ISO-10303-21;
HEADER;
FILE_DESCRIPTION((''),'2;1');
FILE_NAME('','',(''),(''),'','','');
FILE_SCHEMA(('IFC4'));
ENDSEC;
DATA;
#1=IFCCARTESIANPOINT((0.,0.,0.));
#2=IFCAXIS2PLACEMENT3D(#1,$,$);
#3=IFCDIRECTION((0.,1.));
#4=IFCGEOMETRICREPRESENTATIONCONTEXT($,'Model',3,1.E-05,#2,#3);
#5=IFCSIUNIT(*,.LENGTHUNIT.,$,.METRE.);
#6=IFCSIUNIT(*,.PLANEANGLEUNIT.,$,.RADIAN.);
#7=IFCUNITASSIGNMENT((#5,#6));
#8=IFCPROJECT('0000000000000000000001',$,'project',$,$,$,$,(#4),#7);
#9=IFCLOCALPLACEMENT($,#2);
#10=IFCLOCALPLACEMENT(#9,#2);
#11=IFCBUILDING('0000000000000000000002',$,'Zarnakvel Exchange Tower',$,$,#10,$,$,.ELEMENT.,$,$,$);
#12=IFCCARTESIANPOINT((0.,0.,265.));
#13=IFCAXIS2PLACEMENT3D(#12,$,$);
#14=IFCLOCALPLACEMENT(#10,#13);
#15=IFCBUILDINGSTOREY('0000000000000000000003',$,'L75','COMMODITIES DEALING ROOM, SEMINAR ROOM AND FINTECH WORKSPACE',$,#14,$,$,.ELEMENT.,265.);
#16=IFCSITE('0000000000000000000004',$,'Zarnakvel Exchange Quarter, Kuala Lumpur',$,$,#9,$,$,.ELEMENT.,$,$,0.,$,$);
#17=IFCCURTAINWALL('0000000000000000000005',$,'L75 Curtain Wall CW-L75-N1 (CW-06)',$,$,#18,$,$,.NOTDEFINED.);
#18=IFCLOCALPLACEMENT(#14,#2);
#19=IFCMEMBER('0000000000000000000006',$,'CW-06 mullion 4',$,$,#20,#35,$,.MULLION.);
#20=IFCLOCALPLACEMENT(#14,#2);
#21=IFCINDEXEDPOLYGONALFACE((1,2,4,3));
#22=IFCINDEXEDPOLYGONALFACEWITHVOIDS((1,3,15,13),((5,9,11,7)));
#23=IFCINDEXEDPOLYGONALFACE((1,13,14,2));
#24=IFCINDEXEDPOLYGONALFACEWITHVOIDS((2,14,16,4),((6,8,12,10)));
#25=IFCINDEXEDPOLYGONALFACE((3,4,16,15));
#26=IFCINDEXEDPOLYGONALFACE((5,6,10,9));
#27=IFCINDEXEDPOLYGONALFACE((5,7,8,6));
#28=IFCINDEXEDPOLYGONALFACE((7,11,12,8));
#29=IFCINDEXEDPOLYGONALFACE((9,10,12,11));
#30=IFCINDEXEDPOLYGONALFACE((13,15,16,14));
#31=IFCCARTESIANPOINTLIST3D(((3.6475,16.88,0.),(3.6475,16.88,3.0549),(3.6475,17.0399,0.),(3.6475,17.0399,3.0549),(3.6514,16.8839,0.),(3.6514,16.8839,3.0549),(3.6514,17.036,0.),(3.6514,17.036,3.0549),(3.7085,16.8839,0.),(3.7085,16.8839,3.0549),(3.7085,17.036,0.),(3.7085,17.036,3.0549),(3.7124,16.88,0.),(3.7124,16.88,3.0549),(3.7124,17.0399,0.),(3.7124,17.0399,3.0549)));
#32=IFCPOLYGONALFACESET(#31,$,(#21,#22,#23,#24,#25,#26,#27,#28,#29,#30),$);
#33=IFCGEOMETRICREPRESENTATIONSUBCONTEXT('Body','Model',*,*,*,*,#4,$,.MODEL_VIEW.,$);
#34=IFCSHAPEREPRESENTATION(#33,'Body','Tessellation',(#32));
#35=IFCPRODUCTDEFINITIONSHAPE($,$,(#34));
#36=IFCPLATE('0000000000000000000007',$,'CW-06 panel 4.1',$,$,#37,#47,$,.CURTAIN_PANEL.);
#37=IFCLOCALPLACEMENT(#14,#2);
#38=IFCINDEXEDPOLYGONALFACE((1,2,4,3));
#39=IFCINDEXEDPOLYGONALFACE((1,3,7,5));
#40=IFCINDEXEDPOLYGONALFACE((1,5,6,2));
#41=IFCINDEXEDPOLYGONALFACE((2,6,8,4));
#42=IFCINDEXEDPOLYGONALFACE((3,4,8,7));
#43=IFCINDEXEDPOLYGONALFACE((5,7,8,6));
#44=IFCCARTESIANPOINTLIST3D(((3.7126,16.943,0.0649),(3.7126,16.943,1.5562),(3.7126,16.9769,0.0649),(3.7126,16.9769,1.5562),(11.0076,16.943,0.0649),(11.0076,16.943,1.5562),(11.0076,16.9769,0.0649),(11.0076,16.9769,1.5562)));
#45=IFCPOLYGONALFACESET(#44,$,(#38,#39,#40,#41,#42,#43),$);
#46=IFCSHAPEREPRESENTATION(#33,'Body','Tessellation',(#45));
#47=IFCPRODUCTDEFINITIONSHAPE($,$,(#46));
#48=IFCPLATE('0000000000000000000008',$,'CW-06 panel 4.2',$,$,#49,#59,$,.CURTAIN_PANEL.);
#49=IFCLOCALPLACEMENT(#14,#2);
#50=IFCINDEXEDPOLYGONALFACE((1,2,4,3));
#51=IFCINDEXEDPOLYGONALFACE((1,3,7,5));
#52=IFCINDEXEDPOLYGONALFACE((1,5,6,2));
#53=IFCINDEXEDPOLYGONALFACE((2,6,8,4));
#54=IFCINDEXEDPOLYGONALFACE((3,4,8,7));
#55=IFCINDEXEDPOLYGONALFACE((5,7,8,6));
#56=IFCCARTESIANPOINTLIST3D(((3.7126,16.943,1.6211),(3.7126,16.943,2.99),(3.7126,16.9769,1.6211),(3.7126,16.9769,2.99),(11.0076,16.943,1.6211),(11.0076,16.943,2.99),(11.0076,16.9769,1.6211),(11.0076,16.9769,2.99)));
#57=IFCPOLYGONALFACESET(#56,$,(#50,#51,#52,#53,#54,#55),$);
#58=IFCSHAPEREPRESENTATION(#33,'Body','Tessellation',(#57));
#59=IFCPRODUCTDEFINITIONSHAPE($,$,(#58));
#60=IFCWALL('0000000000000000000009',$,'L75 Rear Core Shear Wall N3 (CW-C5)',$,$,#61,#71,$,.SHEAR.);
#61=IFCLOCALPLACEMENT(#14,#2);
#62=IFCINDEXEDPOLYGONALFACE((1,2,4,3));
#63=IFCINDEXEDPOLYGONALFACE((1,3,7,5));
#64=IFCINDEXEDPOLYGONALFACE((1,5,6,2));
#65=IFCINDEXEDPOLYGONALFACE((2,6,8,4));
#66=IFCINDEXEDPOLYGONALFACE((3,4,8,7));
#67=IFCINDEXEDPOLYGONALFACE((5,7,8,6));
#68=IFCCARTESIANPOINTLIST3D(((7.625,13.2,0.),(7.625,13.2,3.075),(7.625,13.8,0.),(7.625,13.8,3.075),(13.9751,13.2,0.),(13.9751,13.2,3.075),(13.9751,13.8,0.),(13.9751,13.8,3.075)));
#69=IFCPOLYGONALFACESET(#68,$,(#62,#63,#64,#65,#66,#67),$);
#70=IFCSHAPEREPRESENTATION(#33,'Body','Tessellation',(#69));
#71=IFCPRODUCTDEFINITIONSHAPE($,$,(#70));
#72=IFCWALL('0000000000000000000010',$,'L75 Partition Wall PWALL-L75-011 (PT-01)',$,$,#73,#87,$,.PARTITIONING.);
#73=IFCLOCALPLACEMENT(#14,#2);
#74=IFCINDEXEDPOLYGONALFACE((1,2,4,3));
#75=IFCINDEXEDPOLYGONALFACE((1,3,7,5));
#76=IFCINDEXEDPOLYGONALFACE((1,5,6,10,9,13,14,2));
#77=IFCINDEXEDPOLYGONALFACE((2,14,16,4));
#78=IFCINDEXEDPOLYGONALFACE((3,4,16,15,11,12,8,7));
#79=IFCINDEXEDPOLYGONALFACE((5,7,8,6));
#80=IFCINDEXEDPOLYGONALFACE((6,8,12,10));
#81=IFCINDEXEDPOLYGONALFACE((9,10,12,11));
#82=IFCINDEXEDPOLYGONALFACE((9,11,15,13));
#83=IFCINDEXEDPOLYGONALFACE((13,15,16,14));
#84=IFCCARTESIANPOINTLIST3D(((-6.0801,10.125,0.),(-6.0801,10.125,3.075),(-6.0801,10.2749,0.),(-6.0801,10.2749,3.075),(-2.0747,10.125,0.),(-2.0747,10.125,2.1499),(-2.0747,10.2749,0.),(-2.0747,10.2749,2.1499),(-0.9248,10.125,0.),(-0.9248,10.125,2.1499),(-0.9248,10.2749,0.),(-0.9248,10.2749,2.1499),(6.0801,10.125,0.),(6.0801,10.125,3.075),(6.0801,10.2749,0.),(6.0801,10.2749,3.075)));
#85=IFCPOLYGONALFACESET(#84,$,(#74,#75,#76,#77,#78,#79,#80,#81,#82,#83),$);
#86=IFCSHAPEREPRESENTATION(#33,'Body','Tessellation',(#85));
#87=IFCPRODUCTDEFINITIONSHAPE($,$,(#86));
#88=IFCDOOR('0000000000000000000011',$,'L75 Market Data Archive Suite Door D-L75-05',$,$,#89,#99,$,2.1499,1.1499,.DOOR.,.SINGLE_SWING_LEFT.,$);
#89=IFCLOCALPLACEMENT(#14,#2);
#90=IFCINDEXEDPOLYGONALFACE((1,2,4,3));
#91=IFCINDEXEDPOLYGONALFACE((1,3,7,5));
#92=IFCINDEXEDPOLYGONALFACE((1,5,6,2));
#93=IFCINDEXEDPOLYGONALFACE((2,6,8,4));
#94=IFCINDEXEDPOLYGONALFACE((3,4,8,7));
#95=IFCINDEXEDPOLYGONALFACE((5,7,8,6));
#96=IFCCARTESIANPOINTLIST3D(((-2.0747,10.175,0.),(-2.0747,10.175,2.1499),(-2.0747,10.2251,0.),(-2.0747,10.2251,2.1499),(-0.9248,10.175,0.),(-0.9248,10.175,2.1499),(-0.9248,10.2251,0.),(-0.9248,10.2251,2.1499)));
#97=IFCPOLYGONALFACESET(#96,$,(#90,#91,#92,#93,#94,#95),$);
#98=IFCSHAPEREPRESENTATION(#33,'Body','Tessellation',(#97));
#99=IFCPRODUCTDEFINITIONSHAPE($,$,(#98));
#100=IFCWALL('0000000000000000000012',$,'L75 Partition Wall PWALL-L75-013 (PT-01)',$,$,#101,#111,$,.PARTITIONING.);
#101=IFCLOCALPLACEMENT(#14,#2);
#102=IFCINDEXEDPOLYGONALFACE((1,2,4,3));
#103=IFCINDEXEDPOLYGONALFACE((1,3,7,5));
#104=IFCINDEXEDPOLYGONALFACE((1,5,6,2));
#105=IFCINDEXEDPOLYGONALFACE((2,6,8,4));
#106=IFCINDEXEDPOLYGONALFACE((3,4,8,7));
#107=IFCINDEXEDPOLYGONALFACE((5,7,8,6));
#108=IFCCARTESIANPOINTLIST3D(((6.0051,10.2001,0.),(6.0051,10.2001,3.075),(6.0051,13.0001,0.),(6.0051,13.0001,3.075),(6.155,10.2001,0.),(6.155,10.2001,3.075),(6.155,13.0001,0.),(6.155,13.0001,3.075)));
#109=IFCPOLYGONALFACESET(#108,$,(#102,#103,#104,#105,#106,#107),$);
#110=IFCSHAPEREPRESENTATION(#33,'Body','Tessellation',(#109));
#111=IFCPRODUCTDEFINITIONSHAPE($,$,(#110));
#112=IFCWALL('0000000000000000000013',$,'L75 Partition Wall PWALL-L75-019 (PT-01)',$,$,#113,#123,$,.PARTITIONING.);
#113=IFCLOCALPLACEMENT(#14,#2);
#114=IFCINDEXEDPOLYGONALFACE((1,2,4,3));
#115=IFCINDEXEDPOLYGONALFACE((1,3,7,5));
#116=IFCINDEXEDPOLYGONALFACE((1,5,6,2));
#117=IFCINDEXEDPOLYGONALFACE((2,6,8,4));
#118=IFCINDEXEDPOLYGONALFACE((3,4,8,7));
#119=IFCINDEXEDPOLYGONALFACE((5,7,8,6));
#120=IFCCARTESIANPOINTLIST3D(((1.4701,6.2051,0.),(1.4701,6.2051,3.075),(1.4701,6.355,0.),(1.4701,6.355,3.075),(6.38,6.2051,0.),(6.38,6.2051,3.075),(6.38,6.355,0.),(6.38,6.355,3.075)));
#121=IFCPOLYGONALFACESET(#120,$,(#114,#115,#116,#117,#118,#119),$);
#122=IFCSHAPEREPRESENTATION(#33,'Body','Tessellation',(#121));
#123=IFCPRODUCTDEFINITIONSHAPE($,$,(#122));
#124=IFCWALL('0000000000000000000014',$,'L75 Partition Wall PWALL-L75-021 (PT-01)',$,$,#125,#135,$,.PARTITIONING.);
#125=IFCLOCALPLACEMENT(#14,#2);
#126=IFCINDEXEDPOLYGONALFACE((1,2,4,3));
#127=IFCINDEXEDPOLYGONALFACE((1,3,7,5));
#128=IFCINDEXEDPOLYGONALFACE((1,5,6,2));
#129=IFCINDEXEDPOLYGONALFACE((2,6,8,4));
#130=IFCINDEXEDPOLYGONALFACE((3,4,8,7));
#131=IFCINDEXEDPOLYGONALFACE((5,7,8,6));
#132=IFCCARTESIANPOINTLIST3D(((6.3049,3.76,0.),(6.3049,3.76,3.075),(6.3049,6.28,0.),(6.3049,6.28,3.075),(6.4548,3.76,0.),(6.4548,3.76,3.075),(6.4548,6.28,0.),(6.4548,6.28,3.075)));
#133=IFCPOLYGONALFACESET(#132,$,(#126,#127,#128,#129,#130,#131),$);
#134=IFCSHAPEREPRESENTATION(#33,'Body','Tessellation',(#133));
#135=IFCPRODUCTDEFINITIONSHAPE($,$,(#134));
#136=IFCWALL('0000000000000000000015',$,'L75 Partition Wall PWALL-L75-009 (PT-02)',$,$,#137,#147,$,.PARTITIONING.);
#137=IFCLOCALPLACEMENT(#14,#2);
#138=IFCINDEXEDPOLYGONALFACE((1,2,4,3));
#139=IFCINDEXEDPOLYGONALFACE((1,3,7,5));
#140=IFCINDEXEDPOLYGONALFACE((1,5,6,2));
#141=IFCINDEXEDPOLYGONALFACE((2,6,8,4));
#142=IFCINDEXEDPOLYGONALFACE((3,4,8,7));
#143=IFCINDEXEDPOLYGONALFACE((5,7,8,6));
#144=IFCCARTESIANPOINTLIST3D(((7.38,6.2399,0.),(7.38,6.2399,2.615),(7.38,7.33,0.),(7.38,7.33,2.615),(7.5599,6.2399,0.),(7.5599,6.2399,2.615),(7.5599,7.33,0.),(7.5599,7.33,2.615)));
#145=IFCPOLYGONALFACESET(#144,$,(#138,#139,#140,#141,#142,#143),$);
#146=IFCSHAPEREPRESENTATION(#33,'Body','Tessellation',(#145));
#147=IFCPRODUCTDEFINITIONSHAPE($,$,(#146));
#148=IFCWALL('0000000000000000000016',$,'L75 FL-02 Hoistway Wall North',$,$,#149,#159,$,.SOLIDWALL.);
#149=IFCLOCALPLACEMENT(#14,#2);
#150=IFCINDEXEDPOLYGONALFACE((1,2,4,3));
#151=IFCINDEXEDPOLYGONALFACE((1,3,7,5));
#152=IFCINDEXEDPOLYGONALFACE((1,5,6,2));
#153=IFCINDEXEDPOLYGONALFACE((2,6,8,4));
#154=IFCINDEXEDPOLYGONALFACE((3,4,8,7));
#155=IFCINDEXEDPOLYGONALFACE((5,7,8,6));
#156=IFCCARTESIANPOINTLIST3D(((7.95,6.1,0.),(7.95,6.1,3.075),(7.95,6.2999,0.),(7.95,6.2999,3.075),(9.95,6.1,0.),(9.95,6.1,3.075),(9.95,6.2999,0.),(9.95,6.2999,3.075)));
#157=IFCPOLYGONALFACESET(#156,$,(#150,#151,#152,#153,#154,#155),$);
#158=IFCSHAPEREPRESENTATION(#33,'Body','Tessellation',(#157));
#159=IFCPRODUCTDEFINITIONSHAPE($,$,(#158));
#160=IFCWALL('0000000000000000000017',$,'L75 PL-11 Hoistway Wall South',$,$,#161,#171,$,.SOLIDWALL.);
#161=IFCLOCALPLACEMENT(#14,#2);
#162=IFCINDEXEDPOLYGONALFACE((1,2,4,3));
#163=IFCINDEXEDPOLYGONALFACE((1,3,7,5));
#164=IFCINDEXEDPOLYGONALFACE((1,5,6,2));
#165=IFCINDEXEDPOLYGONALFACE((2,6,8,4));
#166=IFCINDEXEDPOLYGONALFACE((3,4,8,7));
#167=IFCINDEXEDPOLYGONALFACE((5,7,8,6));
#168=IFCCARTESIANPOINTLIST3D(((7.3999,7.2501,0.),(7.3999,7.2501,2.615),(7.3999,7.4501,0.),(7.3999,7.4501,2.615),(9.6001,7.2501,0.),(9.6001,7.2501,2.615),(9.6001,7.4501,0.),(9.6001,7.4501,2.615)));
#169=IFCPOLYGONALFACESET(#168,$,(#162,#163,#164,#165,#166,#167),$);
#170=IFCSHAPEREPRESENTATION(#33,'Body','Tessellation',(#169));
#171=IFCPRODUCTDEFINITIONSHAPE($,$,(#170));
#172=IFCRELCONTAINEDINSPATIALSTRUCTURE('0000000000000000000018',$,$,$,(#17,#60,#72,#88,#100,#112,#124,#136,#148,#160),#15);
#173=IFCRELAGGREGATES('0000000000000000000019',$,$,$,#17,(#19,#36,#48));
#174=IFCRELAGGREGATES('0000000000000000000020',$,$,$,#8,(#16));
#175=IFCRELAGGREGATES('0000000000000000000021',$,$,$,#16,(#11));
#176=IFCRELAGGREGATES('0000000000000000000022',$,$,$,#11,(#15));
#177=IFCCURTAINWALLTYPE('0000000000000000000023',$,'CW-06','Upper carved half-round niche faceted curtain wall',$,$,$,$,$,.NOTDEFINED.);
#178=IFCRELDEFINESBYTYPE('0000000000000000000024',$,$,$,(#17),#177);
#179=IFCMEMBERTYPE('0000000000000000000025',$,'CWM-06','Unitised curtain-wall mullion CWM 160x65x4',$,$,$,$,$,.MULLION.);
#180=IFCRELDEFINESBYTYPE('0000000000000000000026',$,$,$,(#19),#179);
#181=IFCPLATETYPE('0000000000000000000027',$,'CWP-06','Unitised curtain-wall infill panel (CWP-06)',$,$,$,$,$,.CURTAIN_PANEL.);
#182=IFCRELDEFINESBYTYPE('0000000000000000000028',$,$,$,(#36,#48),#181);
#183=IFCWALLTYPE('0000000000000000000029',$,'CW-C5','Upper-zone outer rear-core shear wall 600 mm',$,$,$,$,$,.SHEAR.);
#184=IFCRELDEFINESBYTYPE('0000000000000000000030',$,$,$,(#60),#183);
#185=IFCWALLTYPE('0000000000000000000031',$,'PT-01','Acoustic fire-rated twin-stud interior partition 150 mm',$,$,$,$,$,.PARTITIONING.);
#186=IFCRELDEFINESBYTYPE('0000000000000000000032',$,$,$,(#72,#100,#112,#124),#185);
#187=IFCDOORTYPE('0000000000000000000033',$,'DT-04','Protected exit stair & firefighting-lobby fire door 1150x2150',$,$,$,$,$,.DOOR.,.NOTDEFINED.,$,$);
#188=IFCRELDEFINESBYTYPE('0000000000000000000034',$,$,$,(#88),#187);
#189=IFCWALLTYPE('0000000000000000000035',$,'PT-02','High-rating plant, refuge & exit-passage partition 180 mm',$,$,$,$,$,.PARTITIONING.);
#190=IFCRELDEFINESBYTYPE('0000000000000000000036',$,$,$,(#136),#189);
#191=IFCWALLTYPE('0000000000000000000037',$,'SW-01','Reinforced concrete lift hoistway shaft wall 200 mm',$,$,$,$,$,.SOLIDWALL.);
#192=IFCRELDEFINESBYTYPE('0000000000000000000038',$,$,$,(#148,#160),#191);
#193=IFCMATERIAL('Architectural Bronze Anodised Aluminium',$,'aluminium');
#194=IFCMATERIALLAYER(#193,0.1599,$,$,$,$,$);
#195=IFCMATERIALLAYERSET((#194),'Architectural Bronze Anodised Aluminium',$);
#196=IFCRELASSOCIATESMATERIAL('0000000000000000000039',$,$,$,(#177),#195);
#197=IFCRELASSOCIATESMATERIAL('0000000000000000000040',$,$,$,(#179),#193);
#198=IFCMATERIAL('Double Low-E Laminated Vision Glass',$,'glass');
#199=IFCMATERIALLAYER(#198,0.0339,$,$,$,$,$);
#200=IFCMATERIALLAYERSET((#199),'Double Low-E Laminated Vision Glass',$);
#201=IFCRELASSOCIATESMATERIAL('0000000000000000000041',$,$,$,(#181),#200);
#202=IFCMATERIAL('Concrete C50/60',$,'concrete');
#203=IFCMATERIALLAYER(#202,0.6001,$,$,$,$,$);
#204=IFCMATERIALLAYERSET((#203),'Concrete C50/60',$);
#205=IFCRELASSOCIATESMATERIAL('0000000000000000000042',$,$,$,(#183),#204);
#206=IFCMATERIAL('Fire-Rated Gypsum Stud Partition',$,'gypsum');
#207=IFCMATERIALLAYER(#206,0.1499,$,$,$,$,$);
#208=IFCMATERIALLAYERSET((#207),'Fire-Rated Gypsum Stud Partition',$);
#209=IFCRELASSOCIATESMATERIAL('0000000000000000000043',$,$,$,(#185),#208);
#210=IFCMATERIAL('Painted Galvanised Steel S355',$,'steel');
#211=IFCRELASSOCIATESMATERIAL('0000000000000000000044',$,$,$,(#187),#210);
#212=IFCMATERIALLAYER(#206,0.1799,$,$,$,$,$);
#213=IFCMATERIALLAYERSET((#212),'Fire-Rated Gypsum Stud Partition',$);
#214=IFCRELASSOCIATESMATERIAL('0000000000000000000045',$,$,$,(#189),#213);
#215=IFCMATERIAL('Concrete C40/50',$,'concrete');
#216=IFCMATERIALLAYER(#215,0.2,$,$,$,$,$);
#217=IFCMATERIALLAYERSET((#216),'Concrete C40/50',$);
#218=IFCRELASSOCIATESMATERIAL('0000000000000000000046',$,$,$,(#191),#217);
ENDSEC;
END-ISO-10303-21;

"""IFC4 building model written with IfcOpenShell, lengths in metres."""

from ifc_helpers import new_model, si_unit, direction, frame, frame_2d, origin, origin_2d, place, context, subcontext, project, spatial, rectangle, hollow_rectangle, extrude, source, transform, mapped, material, layer, layer_set, material_profile, profile_set, type_object, element, fill, aggregate, save


model = new_model("IFC4")

# Units and contexts
model_context = context("Model", 3, precision=1e-05, world=origin(), true_north=direction((0.0, 1.0)))
body_context = subcontext(model_context, "Body", "Model", "MODEL_VIEW")
ifc_project = project(units=[si_unit("LENGTHUNIT", "METRE"), si_unit("PLANEANGLEUNIT", "RADIAN")], contexts=[model_context])

# Site, building, storey
site_placement = place(None, origin())
site = spatial("IfcSite", under=ifc_project, at=site_placement, Name="Zarnakvel Exchange Quarter, Kuala Lumpur", CompositionType="ELEMENT", RefElevation=0.0)
building_placement = place(site_placement, origin())
building = spatial("IfcBuilding", under=site, at=building_placement, Name="Zarnakvel Exchange Tower", CompositionType="ELEMENT")
storey_placement = place(building_placement, frame((0.0, 0.0, 265.0)))
storey = spatial("IfcBuildingStorey", under=building, at=storey_placement, Name="L75", Description="COMMODITIES DEALING ROOM, SEMINAR ROOM AND FINTECH WORKSPACE", CompositionType="ELEMENT", Elevation=265.0)

# Shared definitions
ifc_material_1 = material(Name="Concrete C50/60", Category="concrete")

# Curtain wall, member, plates
ifc_material_2 = material(Name="Architectural Bronze Anodised Aluminium", Category="aluminium")
ifc_layer_1 = layer(ifc_material_2, 0.1599)
ifc_layer_set_1 = layer_set([ifc_layer_1], Name="Architectural Bronze Anodised Aluminium")
curtain_wall_type = type_object("IfcCurtainWallType", Name="CW-06", Description="Upper carved half-round niche faceted curtain wall", PredefinedType="NOTDEFINED", material=ifc_layer_set_1)
curtain_wall_placement = place(storey_placement, origin())
curtain_wall = element("IfcCurtainWall", 1, at=curtain_wall_placement, inside=storey, type_object=curtain_wall_type, Name="L75 Curtain Wall CW-L75-N1 (CW-06)", PredefinedType="NOTDEFINED")
ifc_material_profile_1 = material_profile(ifc_material_2, hollow_rectangle(XDim=0.1599, YDim=0.0649, WallThickness=0.0039, at=origin_2d()))
ifc_profile_set_1 = profile_set([ifc_material_profile_1], Name="Architectural Bronze Anodised Aluminium")
member_type_1 = type_object("IfcMemberType", Name="CWM-06", Description="Unitised curtain-wall mullion CWM 160x65x4", PredefinedType="MULLION", material=ifc_profile_set_1)
shared_shape_1 = source(origin(), body_context, "Body", "SweptSolid", [
    extrude(hollow_rectangle(XDim=0.1599, YDim=0.0649, WallThickness=0.0039, at=origin_2d()), origin(), (0.0, 0.0, 1.0), 3.0549),
])
member_1_placement = place(storey_placement, frame((3.6799, 16.96, 0.0), z_axis=(0.0, 0.0, 1.0), x_axis=(0.0, 1.0, 0.0)))
member_1 = element("IfcMember", 2, at=member_1_placement, type_object=member_type_1, Name="CW-06 mullion 4", PredefinedType="MULLION", context=body_context, shape_type="MappedRepresentation", body=[
    mapped(shared_shape_1, transform((0.0, 0.0, 0.0), x_axis=(1.0, 0.0, 0.0), y_axis=(0.0, 1.0, 0.0), z_axis=(0.0, 0.0, 1.0), scale=1.0)),
])
ifc_material_3 = material(Name="Double Low-E Laminated Vision Glass", Category="glass")
ifc_layer_2 = layer(ifc_material_3, 0.0339)
ifc_layer_set_2 = layer_set([ifc_layer_2], Name="Double Low-E Laminated Vision Glass")
plate_type = type_object("IfcPlateType", Name="CWP-06", Description="Unitised curtain-wall infill panel (CWP-06)", PredefinedType="CURTAIN_PANEL", material=ifc_layer_set_2)
shared_shape_2 = source(origin(), body_context, "Body", "SweptSolid", [
    extrude(rectangle(XDim=7.2949, YDim=0.0339, at=origin_2d()), origin(), (0.0, 0.0, 1.0), 1.4912),
])
plate_1_placement = place(storey_placement, frame((7.3601, 16.96, 0.0649), z_axis=(0.0, 0.0, 1.0), x_axis=(1.0, 0.0, 0.0)))
plate_1 = element("IfcPlate", 3, at=plate_1_placement, type_object=plate_type, Name="CW-06 panel 4.1", PredefinedType="CURTAIN_PANEL", context=body_context, shape_type="MappedRepresentation", body=[
    mapped(shared_shape_2, transform((0.0, 0.0, 0.0), x_axis=(1.0, 0.0, 0.0), y_axis=(0.0, 1.0, 0.0), z_axis=(0.0, 0.0, 1.0), scale=1.0)),
])
shared_shape_3 = source(origin(), body_context, "Body", "SweptSolid", [
    extrude(rectangle(XDim=7.2949, YDim=0.0339, at=origin_2d()), origin(), (0.0, 0.0, 1.0), 1.3689),
])
plate_2_placement = place(storey_placement, frame((7.3601, 16.96, 1.6211), z_axis=(0.0, 0.0, 1.0), x_axis=(1.0, 0.0, 0.0)))
plate_2 = element("IfcPlate", 4, at=plate_2_placement, type_object=plate_type, Name="CW-06 panel 4.2", PredefinedType="CURTAIN_PANEL", context=body_context, shape_type="MappedRepresentation", body=[
    mapped(shared_shape_3, transform((0.0, 0.0, 0.0), x_axis=(1.0, 0.0, 0.0), y_axis=(0.0, 1.0, 0.0), z_axis=(0.0, 0.0, 1.0), scale=1.0)),
])
aggregate(curtain_wall, [member_1, plate_1, plate_2])

# Wall
ifc_layer_3 = layer(ifc_material_1, 0.6001)
ifc_layer_set_3 = layer_set([ifc_layer_3], Name="Concrete C50/60")
wall_type_1 = type_object("IfcWallType", Name="CW-C5", Description="Upper-zone outer rear-core shear wall 600 mm", PredefinedType="SHEAR", material=ifc_layer_set_3)
wall_1_placement = place(storey_placement, frame((7.625, 13.5, 0.0), z_axis=(0.0, 0.0, 1.0), x_axis=(1.0, 0.0, 0.0)))
element("IfcWall", 5, at=wall_1_placement, inside=storey, type_object=wall_type_1, Name="L75 Rear Core Shear Wall N3 (CW-C5)", PredefinedType="SHEAR", context=body_context, shape_type="SweptSolid", body=[
    extrude(rectangle(XDim=6.3501, YDim=0.6001, at=frame_2d((3.175, 0.0))), origin(), (0.0, 0.0, 1.0), 3.075),
])

# Wall, opening, door
ifc_material_4 = material(Name="Fire-Rated Gypsum Stud Partition", Category="gypsum")
ifc_layer_4 = layer(ifc_material_4, 0.1499)
ifc_layer_set_4 = layer_set([ifc_layer_4], Name="Fire-Rated Gypsum Stud Partition")
wall_type_2 = type_object("IfcWallType", Name="PT-01", Description="Acoustic fire-rated twin-stud interior partition 150 mm", PredefinedType="PARTITIONING", material=ifc_layer_set_4)
wall_2_placement = place(storey_placement, frame((6.0801, 10.2, 0.0), z_axis=(0.0, 0.0, 1.0), x_axis=(-1.0, 0.0, 0.0)))
wall_2 = element("IfcWall", 6, at=wall_2_placement, inside=storey, type_object=wall_type_2, Name="L75 Partition Wall PWALL-L75-011 (PT-01)", PredefinedType="PARTITIONING", context=body_context, shape_type="SweptSolid", body=[
    extrude(rectangle(XDim=12.1602, YDim=0.1499, at=frame_2d((6.0801, 0.0))), origin(), (0.0, 0.0, 1.0), 3.075),
])
opening_1_placement = place(wall_2_placement, frame((7.0049, 0.0, 0.0)))
opening_1 = element("IfcOpeningElement", 7, at=opening_1_placement, cuts=wall_2, PredefinedType="OPENING", context=body_context, shape_type="SweptSolid", body=[
    extrude(rectangle(XDim=1.1499, YDim=2.1499, at=frame_2d((0.575, 1.075))), frame((0.0, 0.085, 0.0), z_axis=(0.0, -1.0, 0.0), x_axis=(1.0, 0.0, 0.0)), (0.0, 0.0, 1.0), 0.1699),
])
ifc_material_5 = material(Name="Painted Galvanised Steel S355", Category="steel")
door_type_1 = type_object("IfcDoorType", Name="DT-04", Description="Protected exit stair & firefighting-lobby fire door 1150x2150", OperationType="NOTDEFINED", PredefinedType="DOOR", material=ifc_material_5)
shared_shape_4 = source(origin(), body_context, "Body", "SweptSolid", [
    extrude(rectangle(XDim=1.1499, YDim=2.1499, at=frame_2d((0.575, 1.075))), frame((0.0, 0.0249, 0.0), z_axis=(0.0, -1.0, 0.0), x_axis=(1.0, 0.0, 0.0)), (0.0, 0.0, 1.0), 0.05),
])
door_1_placement = place(opening_1_placement, origin())
door_1 = element("IfcDoor", 8, at=door_1_placement, inside=storey, type_object=door_type_1, Name="L75 Market Data Archive Suite Door D-L75-05", OperationType="SINGLE_SWING_LEFT", OverallHeight=2.1499, OverallWidth=1.1499, PredefinedType="DOOR", context=body_context, shape_type="MappedRepresentation", body=[
    mapped(shared_shape_4, transform((0.0, 0.0, 0.0), x_axis=(1.0, 0.0, 0.0), y_axis=(0.0, 1.0, 0.0), z_axis=(0.0, 0.0, 1.0), scale=1.0)),
])
fill(opening_1, door_1)

# Walls
wall_3_placement = place(storey_placement, frame((6.0801, 13.0, 0.0), z_axis=(0.0, 0.0, 1.0), x_axis=(0.0, -1.0, 0.0)))
element("IfcWall", 9, at=wall_3_placement, inside=storey, type_object=wall_type_2, Name="L75 Partition Wall PWALL-L75-013 (PT-01)", PredefinedType="PARTITIONING", context=body_context, shape_type="SweptSolid", body=[
    extrude(rectangle(XDim=2.8, YDim=0.1499, at=frame_2d((1.3999, 0.0))), origin(), (0.0, 0.0, 1.0), 3.075),
])
wall_4_placement = place(storey_placement, frame((1.47, 6.28, 0.0), z_axis=(0.0, 0.0, 1.0), x_axis=(1.0, 0.0, 0.0)))
element("IfcWall", 10, at=wall_4_placement, inside=storey, type_object=wall_type_2, Name="L75 Partition Wall PWALL-L75-019 (PT-01)", PredefinedType="PARTITIONING", context=body_context, shape_type="SweptSolid", body=[
    extrude(rectangle(XDim=4.9099, YDim=0.1499, at=frame_2d((2.4551, 0.0))), origin(), (0.0, 0.0, 1.0), 3.075),
])
wall_5_placement = place(storey_placement, frame((6.3799, 6.28, 0.0), z_axis=(0.0, 0.0, 1.0), x_axis=(0.0, -1.0, 0.0)))
element("IfcWall", 11, at=wall_5_placement, inside=storey, type_object=wall_type_2, Name="L75 Partition Wall PWALL-L75-021 (PT-01)", PredefinedType="PARTITIONING", context=body_context, shape_type="SweptSolid", body=[
    extrude(rectangle(XDim=2.52, YDim=0.1499, at=frame_2d((1.26, 0.0))), origin(), (0.0, 0.0, 1.0), 3.075),
])
ifc_layer_5 = layer(ifc_material_4, 0.1799)
ifc_layer_set_5 = layer_set([ifc_layer_5], Name="Fire-Rated Gypsum Stud Partition")
wall_type_3 = type_object("IfcWallType", Name="PT-02", Description="High-rating plant, refuge & exit-passage partition 180 mm", PredefinedType="PARTITIONING", material=ifc_layer_set_5)
wall_6_placement = place(storey_placement, frame((7.47, 6.24, 0.0), z_axis=(0.0, 0.0, 1.0), x_axis=(0.0, 1.0, 0.0)))
element("IfcWall", 12, at=wall_6_placement, inside=storey, type_object=wall_type_3, Name="L75 Partition Wall PWALL-L75-009 (PT-02)", PredefinedType="PARTITIONING", context=body_context, shape_type="SweptSolid", body=[
    extrude(rectangle(XDim=1.0901, YDim=0.1799, at=frame_2d((0.5449, 0.0))), origin(), (0.0, 0.0, 1.0), 2.615),
])
ifc_material_6 = material(Name="Concrete C40/50", Category="concrete")
ifc_layer_6 = layer(ifc_material_6, 0.2)
ifc_layer_set_6 = layer_set([ifc_layer_6], Name="Concrete C40/50")
wall_type_4 = type_object("IfcWallType", Name="SW-01", Description="Reinforced concrete lift hoistway shaft wall 200 mm", PredefinedType="SOLIDWALL", material=ifc_layer_set_6)
wall_7_placement = place(storey_placement, frame((7.95, 6.2, 0.0), z_axis=(0.0, 0.0, 1.0), x_axis=(1.0, 0.0, 0.0)))
element("IfcWall", 13, at=wall_7_placement, inside=storey, type_object=wall_type_4, Name="L75 FL-02 Hoistway Wall North", PredefinedType="SOLIDWALL", context=body_context, shape_type="SweptSolid", body=[
    extrude(rectangle(XDim=2.0, YDim=0.2, at=frame_2d((1.0, 0.0))), origin(), (0.0, 0.0, 1.0), 3.075),
])
for number, where, z_axis, x_axis, name in (
    (14, (9.6001, 7.3501, 0.0), (0.0, 0.0, 1.0), (-1.0, 0.0, 0.0), "L75 PL-11 Hoistway Wall South"),
):
    element("IfcWall", number, at=place(storey_placement, frame(where, z_axis=z_axis, x_axis=x_axis)), inside=storey, type_object=wall_type_4, Name=name, PredefinedType="SOLIDWALL", context=body_context, shape_type="SweptSolid", body=[
        extrude(rectangle(XDim=2.2002, YDim=0.2, at=frame_2d((1.1001, 0.0))), origin(), (0.0, 0.0, 1.0), 2.615),
    ])

save(model, "model.ifc")
